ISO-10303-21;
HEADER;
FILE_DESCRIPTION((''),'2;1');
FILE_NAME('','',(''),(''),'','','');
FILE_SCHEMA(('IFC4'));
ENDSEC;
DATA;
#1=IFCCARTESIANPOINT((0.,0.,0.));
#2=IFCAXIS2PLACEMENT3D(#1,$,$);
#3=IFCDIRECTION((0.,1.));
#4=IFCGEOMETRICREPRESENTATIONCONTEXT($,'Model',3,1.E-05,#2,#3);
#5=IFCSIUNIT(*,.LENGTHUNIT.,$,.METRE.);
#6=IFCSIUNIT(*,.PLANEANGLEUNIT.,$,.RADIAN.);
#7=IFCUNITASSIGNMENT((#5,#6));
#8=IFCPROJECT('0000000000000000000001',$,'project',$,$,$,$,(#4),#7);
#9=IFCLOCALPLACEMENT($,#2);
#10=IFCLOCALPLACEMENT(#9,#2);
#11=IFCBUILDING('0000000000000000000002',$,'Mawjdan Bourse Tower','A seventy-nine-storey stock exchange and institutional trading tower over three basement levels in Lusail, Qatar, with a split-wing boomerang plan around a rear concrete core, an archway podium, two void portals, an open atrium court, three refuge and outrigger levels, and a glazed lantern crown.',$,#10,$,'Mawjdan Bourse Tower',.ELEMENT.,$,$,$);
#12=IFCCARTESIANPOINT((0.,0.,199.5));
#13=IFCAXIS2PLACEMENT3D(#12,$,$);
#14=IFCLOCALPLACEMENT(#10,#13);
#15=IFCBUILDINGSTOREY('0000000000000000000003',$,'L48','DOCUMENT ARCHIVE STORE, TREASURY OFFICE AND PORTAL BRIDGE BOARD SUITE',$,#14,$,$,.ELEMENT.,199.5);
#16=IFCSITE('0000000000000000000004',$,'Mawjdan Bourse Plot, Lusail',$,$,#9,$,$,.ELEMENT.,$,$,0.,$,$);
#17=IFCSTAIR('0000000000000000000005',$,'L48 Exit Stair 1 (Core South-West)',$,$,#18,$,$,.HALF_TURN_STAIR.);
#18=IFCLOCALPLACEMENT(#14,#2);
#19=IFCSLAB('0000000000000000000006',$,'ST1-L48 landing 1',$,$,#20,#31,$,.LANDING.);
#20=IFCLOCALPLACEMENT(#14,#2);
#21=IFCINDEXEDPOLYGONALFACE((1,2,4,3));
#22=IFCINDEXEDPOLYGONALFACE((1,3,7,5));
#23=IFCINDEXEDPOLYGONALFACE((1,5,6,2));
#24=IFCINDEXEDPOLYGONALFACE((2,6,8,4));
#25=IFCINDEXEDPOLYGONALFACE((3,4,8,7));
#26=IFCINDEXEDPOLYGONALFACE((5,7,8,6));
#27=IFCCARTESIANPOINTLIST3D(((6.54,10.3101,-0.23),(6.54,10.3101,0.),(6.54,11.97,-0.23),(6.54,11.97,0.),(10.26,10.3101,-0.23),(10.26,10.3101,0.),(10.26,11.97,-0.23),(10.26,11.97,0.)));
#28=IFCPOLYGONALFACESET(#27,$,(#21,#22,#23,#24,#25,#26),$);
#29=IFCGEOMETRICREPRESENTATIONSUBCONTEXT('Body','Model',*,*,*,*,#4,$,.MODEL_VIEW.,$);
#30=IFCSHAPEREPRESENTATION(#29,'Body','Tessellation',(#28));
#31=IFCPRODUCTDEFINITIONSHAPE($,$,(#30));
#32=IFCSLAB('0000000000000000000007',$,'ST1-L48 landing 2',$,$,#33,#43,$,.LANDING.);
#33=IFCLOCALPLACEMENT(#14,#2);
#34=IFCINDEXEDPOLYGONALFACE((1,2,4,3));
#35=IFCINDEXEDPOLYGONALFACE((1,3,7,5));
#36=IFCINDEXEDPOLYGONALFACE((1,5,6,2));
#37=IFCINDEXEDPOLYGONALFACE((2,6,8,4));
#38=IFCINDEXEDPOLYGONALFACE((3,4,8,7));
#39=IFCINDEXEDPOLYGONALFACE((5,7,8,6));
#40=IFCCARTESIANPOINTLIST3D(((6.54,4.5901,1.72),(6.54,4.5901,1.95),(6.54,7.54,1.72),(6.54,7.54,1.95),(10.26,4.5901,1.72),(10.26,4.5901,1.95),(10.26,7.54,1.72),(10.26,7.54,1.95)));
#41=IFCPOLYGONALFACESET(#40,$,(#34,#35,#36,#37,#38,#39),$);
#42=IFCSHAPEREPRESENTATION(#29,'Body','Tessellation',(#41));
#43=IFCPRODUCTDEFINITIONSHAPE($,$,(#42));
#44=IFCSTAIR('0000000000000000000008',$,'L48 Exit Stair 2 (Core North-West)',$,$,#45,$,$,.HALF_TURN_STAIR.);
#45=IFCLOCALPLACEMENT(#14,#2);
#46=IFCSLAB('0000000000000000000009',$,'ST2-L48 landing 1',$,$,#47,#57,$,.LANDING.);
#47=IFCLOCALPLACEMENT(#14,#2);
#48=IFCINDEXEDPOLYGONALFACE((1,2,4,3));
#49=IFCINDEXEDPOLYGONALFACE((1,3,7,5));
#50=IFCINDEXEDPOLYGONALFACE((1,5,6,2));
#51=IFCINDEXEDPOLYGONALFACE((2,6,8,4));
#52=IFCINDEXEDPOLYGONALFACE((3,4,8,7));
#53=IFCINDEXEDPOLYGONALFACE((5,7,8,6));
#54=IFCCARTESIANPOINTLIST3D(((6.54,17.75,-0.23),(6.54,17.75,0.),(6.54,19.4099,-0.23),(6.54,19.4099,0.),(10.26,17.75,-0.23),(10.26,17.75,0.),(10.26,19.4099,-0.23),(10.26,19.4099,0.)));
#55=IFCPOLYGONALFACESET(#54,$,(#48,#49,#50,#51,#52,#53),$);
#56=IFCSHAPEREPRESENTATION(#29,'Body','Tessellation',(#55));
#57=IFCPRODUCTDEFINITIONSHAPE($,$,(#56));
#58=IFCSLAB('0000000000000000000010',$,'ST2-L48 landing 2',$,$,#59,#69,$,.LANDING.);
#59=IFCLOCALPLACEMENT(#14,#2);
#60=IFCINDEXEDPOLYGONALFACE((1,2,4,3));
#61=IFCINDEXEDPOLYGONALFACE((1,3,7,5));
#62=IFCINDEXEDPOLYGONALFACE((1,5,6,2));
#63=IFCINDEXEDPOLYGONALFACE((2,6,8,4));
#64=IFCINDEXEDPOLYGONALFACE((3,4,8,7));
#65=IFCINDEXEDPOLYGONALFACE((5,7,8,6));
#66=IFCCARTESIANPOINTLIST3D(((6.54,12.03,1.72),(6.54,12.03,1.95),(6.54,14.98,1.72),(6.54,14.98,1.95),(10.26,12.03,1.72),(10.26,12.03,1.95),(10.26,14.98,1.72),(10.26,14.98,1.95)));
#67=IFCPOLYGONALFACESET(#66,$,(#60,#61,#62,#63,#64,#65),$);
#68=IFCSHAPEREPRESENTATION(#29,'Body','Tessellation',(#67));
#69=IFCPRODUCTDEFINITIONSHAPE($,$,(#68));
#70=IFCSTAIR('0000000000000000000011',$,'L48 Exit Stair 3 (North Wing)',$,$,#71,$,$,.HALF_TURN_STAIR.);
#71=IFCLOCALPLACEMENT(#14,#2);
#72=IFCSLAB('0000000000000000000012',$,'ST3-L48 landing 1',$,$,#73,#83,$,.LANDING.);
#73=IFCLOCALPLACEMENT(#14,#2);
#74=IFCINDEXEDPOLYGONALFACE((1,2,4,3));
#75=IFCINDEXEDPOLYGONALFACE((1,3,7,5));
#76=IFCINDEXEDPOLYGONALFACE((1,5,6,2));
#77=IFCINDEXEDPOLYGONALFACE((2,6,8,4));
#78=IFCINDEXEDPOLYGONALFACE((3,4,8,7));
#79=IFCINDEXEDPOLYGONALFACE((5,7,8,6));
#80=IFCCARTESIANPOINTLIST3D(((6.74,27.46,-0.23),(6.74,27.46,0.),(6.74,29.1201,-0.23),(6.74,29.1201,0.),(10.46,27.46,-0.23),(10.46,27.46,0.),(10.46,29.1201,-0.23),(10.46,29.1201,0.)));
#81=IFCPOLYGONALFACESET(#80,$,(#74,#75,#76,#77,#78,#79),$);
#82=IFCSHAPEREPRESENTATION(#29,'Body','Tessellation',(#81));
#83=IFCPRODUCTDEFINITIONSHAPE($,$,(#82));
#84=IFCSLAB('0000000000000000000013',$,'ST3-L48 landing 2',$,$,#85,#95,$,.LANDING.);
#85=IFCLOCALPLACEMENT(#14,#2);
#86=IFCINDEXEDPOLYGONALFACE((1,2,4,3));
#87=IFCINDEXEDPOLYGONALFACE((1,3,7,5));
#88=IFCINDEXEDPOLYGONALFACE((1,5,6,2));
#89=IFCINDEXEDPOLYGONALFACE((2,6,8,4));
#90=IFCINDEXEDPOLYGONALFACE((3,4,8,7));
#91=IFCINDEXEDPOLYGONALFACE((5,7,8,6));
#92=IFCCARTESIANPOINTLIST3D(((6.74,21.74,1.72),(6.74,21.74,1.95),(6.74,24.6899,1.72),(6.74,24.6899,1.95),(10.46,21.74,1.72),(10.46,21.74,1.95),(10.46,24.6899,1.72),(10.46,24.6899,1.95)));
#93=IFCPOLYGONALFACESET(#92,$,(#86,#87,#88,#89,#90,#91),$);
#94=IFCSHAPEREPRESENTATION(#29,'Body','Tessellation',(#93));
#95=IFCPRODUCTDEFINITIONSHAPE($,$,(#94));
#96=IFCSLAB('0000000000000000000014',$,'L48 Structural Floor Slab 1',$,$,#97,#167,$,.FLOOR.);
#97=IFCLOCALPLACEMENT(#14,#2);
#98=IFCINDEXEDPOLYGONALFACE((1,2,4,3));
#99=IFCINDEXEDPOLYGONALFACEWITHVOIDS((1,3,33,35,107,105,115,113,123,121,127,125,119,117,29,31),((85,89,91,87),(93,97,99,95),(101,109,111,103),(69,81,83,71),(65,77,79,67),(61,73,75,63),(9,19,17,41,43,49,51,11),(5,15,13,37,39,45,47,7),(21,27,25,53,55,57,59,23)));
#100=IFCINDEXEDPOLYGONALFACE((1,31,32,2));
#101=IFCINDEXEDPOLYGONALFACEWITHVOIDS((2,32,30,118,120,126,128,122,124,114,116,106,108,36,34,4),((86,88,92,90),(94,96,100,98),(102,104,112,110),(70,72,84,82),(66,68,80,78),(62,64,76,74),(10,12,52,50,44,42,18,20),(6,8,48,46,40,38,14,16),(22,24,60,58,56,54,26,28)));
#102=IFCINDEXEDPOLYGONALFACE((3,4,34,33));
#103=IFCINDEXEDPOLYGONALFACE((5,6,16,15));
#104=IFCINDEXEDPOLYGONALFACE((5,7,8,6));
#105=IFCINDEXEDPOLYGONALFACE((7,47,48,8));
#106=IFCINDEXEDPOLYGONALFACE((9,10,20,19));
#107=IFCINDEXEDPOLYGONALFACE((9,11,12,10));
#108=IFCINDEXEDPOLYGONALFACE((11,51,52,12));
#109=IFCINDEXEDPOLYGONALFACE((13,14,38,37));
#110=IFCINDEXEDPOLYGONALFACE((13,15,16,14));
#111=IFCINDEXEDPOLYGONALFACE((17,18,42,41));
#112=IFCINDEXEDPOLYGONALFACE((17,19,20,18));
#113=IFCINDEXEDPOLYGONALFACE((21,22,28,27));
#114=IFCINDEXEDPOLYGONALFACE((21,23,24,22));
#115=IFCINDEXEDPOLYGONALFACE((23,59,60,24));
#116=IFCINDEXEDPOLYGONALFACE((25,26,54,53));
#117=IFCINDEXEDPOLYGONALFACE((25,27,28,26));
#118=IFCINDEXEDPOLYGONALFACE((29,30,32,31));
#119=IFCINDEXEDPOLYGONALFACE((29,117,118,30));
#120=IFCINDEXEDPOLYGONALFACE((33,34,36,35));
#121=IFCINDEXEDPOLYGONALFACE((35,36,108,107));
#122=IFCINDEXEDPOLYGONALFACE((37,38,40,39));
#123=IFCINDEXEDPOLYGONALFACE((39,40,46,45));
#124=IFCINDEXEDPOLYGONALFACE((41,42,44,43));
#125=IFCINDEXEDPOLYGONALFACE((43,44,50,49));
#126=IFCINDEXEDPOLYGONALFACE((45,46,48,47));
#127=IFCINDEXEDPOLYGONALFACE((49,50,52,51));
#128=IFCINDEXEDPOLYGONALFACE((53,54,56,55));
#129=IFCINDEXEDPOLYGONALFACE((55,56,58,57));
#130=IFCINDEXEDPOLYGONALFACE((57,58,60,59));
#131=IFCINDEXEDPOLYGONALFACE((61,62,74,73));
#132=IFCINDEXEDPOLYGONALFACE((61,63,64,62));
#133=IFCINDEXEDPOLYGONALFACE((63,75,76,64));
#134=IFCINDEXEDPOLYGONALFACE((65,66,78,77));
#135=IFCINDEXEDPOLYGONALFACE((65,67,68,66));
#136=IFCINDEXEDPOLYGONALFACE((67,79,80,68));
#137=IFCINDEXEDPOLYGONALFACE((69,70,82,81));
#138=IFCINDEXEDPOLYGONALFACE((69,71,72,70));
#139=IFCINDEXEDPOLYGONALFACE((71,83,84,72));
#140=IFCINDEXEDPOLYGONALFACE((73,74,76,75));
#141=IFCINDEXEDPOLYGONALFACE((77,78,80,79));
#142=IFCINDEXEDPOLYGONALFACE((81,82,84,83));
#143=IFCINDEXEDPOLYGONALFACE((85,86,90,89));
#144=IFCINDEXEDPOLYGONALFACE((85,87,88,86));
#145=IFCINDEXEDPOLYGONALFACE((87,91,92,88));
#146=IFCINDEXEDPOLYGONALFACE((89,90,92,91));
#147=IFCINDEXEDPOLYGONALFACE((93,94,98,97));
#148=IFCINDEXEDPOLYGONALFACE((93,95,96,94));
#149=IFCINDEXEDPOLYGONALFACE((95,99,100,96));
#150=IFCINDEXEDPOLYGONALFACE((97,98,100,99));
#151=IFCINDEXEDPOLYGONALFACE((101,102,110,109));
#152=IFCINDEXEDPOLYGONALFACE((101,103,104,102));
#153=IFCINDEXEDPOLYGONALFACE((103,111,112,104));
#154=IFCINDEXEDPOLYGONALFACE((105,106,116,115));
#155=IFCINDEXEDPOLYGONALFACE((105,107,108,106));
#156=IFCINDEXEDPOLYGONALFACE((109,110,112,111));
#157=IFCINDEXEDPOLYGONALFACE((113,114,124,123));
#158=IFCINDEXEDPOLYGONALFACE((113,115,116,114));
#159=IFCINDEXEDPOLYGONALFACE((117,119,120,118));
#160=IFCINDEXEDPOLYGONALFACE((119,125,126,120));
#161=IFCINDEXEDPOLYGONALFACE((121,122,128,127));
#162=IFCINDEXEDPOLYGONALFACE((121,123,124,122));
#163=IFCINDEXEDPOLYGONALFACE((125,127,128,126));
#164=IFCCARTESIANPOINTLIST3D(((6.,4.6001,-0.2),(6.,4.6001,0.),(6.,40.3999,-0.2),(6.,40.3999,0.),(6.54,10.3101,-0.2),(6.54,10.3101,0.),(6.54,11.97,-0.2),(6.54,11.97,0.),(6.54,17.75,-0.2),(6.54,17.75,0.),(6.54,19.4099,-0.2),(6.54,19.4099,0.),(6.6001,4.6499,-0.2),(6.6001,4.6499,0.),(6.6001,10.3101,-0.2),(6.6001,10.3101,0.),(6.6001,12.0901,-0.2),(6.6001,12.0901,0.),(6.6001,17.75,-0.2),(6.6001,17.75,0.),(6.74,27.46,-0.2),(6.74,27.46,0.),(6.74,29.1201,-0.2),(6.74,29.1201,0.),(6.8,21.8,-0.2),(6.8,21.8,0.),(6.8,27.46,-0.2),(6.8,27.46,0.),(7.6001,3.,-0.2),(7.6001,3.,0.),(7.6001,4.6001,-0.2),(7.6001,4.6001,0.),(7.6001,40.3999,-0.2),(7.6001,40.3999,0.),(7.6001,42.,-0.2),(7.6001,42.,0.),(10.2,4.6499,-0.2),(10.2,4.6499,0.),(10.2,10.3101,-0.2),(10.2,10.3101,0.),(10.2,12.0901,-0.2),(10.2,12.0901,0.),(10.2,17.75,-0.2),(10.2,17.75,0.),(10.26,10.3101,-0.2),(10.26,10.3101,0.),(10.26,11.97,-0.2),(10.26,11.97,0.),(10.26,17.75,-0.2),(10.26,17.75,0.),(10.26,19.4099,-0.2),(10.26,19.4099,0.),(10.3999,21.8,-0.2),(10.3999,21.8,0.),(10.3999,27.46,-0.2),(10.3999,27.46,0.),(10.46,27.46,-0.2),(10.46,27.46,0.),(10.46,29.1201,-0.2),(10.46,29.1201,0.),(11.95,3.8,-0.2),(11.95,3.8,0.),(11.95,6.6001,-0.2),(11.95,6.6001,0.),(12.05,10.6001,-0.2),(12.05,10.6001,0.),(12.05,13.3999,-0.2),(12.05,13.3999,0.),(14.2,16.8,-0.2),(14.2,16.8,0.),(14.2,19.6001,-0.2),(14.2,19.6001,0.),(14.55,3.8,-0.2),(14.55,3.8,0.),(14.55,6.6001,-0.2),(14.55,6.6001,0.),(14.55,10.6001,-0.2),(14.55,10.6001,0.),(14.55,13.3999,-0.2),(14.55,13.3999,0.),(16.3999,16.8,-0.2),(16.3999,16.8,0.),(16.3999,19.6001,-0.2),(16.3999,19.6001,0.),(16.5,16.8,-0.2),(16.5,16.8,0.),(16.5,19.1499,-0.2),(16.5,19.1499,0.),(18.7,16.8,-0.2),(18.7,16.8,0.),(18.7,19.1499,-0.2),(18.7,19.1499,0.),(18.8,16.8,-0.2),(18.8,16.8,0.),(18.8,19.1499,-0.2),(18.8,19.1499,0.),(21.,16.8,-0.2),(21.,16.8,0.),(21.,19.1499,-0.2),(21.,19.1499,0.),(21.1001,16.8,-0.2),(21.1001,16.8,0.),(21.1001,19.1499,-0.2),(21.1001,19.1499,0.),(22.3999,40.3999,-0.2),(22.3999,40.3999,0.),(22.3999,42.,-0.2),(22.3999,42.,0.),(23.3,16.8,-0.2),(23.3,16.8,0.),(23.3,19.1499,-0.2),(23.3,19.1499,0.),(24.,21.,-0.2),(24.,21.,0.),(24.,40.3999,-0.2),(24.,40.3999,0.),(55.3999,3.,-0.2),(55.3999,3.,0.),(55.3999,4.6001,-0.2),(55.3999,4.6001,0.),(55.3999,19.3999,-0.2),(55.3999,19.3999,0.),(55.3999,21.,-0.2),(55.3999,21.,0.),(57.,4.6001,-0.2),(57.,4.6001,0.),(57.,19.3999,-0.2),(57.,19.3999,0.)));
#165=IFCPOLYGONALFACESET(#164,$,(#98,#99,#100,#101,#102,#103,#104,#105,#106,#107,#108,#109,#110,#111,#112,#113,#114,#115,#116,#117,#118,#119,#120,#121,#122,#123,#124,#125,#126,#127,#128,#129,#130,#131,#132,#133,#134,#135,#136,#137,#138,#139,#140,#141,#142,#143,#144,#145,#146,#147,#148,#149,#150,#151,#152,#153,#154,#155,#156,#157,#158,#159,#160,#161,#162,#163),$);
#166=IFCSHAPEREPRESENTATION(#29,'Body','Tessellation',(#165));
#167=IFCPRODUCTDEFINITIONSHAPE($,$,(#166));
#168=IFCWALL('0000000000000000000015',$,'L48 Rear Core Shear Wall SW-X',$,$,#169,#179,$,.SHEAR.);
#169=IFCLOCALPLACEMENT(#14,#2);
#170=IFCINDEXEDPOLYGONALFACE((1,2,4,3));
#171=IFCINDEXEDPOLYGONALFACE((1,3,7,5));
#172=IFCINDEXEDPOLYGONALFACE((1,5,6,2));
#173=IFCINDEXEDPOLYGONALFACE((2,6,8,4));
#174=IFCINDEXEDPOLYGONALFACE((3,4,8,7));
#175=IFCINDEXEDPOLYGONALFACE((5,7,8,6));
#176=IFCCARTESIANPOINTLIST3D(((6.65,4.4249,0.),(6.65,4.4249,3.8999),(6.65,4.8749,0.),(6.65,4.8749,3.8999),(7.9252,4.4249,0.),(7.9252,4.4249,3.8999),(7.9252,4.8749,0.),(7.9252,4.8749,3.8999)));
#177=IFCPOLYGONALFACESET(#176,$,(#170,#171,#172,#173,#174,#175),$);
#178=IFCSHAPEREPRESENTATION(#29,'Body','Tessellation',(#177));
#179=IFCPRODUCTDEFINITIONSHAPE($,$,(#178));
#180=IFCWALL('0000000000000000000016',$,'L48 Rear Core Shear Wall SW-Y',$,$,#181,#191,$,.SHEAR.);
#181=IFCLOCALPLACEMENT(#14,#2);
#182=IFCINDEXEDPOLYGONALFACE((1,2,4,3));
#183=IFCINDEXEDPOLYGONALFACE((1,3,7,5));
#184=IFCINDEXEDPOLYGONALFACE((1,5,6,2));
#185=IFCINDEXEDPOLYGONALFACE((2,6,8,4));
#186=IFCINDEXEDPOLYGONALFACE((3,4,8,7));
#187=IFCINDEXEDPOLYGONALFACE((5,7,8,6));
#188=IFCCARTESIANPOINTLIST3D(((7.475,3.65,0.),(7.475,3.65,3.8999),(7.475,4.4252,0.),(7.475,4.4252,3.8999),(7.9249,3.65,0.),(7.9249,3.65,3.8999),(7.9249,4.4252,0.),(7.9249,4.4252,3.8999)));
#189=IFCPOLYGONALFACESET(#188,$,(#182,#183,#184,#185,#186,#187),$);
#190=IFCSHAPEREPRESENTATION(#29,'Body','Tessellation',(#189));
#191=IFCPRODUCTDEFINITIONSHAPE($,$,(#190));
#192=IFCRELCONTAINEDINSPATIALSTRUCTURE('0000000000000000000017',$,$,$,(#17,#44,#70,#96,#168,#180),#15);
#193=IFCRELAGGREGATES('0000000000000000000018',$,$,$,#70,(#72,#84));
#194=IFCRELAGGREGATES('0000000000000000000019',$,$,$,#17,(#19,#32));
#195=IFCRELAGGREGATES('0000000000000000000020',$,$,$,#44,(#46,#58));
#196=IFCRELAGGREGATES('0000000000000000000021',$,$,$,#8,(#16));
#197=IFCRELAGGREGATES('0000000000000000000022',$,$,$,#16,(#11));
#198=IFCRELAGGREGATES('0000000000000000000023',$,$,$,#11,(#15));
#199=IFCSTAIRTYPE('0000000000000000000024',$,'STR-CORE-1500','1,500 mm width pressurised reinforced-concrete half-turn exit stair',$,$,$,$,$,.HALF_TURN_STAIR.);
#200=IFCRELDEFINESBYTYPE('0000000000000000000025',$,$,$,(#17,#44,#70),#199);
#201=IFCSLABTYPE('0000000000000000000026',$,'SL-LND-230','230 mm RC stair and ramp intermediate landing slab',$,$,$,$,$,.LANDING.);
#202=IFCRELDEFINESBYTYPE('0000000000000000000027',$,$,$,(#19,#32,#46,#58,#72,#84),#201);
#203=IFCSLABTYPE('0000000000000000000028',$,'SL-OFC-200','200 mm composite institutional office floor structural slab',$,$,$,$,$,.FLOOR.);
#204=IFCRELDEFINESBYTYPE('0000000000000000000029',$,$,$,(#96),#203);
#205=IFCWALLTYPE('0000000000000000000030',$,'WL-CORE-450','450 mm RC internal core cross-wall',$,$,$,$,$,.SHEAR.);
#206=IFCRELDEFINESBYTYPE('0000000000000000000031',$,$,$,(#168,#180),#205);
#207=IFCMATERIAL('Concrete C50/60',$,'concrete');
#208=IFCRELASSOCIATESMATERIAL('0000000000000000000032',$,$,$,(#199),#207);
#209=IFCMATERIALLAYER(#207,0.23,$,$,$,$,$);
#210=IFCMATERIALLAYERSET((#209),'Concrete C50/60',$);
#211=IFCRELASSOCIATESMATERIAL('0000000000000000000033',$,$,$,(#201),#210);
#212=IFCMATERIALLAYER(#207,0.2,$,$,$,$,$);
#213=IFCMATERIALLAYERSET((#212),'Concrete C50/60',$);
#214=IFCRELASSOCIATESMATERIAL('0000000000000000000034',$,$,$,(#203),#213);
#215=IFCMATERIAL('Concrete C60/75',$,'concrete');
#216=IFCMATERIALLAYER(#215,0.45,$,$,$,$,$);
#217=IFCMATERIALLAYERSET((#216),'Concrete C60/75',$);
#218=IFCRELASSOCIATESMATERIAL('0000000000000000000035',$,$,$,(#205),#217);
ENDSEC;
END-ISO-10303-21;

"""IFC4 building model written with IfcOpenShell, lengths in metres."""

from ifc_helpers import new_model, si_unit, direction, frame, frame_2d, origin, place, context, subcontext, project, spatial, polyline, rectangle, outline, extrude, material, layer, layer_set, type_object, element, aggregate, save


model = new_model("IFC4")

# Units and contexts
model_context = context("Model", 3, precision=1e-05, world=origin(), true_north=direction((0.0, 1.0)))
body_context = subcontext(model_context, "Body", "Model", "MODEL_VIEW")
ifc_project = project(units=[si_unit("LENGTHUNIT", "METRE"), si_unit("PLANEANGLEUNIT", "RADIAN")], contexts=[model_context])

# Site, building, storey
site_placement = place(None, origin())
site = spatial("IfcSite", under=ifc_project, at=site_placement, Name="Mawjdan Bourse Plot, Lusail", CompositionType="ELEMENT", RefElevation=0.0)
building_placement = place(site_placement, origin())
building = spatial("IfcBuilding", under=site, at=building_placement, Name="Mawjdan Bourse Tower", Description="A seventy-nine-storey stock exchange and institutional trading tower over three basement levels in Lusail, Qatar, with a split-wing boomerang plan around a rear concrete core, an archway podium, two void portals, an open atrium court, three refuge and outrigger levels, and a glazed lantern crown.", LongName="Mawjdan Bourse Tower", CompositionType="ELEMENT")
storey_placement = place(building_placement, frame((0.0, 0.0, 199.5)))
storey = spatial("IfcBuildingStorey", under=building, at=storey_placement, Name="L48", Description="DOCUMENT ARCHIVE STORE, TREASURY OFFICE AND PORTAL BRIDGE BOARD SUITE", CompositionType="ELEMENT", Elevation=199.5)

# Stairs, slabs
ifc_material_1 = material(Name="Concrete C50/60", Category="concrete")
stair_type = type_object("IfcStairType", Name="STR-CORE-1500", Description="1,500 mm width pressurised reinforced-concrete half-turn exit stair", PredefinedType="HALF_TURN_STAIR", material=ifc_material_1)
stair_1_placement = place(storey_placement, origin())
stair_1 = element("IfcStair", 1, at=stair_1_placement, inside=storey, type_object=stair_type, Name="L48 Exit Stair 1 (Core South-West)", PredefinedType="HALF_TURN_STAIR")
ifc_layer_1 = layer(ifc_material_1, 0.23)
ifc_layer_set_1 = layer_set([ifc_layer_1], Name="Concrete C50/60")
slab_type_1 = type_object("IfcSlabType", Name="SL-LND-230", Description="230 mm RC stair and ramp intermediate landing slab", PredefinedType="LANDING", material=ifc_layer_set_1)
slab_1_placement = place(storey_placement, frame((0.0, 0.0, -0.23)))
slab_1 = element("IfcSlab", 2, at=slab_1_placement, type_object=slab_type_1, Name="ST1-L48 landing 1", PredefinedType="LANDING", context=body_context, shape_type="SweptSolid", body=[
    extrude(outline(polyline([(6.54, 10.3101), (10.26, 10.3101), (10.26, 11.97), (6.54, 11.97), (6.54, 10.3101)])), origin(), (0.0, 0.0, 1.0), 0.23),
])
slab_2_placement = place(storey_placement, frame((0.0, 0.0, 1.72)))
slab_2 = element("IfcSlab", 3, at=slab_2_placement, type_object=slab_type_1, Name="ST1-L48 landing 2", PredefinedType="LANDING", context=body_context, shape_type="SweptSolid", body=[
    extrude(outline(polyline([(6.54, 4.5901), (10.26, 4.5901), (10.26, 7.54), (6.54, 7.54), (6.54, 4.5901)])), origin(), (0.0, 0.0, 1.0), 0.23),
])
stair_2_placement = place(storey_placement, origin())
stair_2 = element("IfcStair", 4, at=stair_2_placement, inside=storey, type_object=stair_type, Name="L48 Exit Stair 2 (Core North-West)", PredefinedType="HALF_TURN_STAIR")
slab_3_placement = place(storey_placement, frame((0.0, 0.0, -0.23)))
slab_3 = element("IfcSlab", 5, at=slab_3_placement, type_object=slab_type_1, Name="ST2-L48 landing 1", PredefinedType="LANDING", context=body_context, shape_type="SweptSolid", body=[
    extrude(outline(polyline([(6.54, 17.75), (10.26, 17.75), (10.26, 19.4099), (6.54, 19.4099), (6.54, 17.75)])), origin(), (0.0, 0.0, 1.0), 0.23),
])
slab_4_placement = place(storey_placement, frame((0.0, 0.0, 1.72)))
slab_4 = element("IfcSlab", 6, at=slab_4_placement, type_object=slab_type_1, Name="ST2-L48 landing 2", PredefinedType="LANDING", context=body_context, shape_type="SweptSolid", body=[
    extrude(outline(polyline([(6.54, 12.03), (10.26, 12.03), (10.26, 14.98), (6.54, 14.98), (6.54, 12.03)])), origin(), (0.0, 0.0, 1.0), 0.23),
])
stair_3_placement = place(storey_placement, origin())
stair_3 = element("IfcStair", 7, at=stair_3_placement, inside=storey, type_object=stair_type, Name="L48 Exit Stair 3 (North Wing)", PredefinedType="HALF_TURN_STAIR")
slab_5_placement = place(storey_placement, frame((0.0, 0.0, -0.23)))
slab_5 = element("IfcSlab", 8, at=slab_5_placement, type_object=slab_type_1, Name="ST3-L48 landing 1", PredefinedType="LANDING", context=body_context, shape_type="SweptSolid", body=[
    extrude(outline(polyline([(6.74, 27.46), (10.46, 27.46), (10.46, 29.1201), (6.74, 29.1201), (6.74, 27.46)])), origin(), (0.0, 0.0, 1.0), 0.23),
])
slab_6_placement = place(storey_placement, frame((0.0, 0.0, 1.72)))
slab_6 = element("IfcSlab", 9, at=slab_6_placement, type_object=slab_type_1, Name="ST3-L48 landing 2", PredefinedType="LANDING", context=body_context, shape_type="SweptSolid", body=[
    extrude(outline(polyline([(6.74, 21.74), (10.46, 21.74), (10.46, 24.6899), (6.74, 24.6899), (6.74, 21.74)])), origin(), (0.0, 0.0, 1.0), 0.23),
])
aggregate(stair_3, [slab_5, slab_6])

# Slab
ifc_layer_2 = layer(ifc_material_1, 0.2)
ifc_layer_set_2 = layer_set([ifc_layer_2], Name="Concrete C50/60")
slab_type_2 = type_object("IfcSlabType", Name="SL-OFC-200", Description="200 mm composite institutional office floor structural slab", PredefinedType="FLOOR", material=ifc_layer_set_2)
slab_7_placement = place(storey_placement, frame((0.0, 0.0, -0.2)))
element("IfcSlab", 10, at=slab_7_placement, inside=storey, type_object=slab_type_2, Name="L48 Structural Floor Slab 1", PredefinedType="FLOOR", context=body_context, shape_type="SweptSolid", body=[
    extrude(outline(polyline([(7.6001, 3.0), (55.3999, 3.0), (55.3999, 4.6001), (57.0, 4.6001), (57.0, 19.3999), (55.3999, 19.3999), (55.3999, 21.0), (24.0, 21.0), (24.0, 40.3999), (22.3999, 40.3999), (22.3999, 42.0), (7.6001, 42.0), (7.6001, 40.3999), (6.0, 40.3999), (6.0, 4.6001), (7.6001, 4.6001), (7.6001, 3.0)]), holes=[polyline([(6.54, 11.97), (10.26, 11.97), (10.26, 10.3101), (10.2, 10.3101), (10.2, 4.6499), (6.6001, 4.6499), (6.6001, 10.3101), (6.54, 10.3101), (6.54, 11.97)]), polyline([(6.6001, 12.0901), (6.6001, 17.75), (6.54, 17.75), (6.54, 19.4099), (10.26, 19.4099), (10.26, 17.75), (10.2, 17.75), (10.2, 12.0901), (6.6001, 12.0901)]), polyline([(10.46, 29.1201), (10.46, 27.46), (10.3999, 27.46), (10.3999, 21.8), (6.8, 21.8), (6.8, 27.46), (6.74, 27.46), (6.74, 29.1201), (10.46, 29.1201)]), polyline([(14.55, 3.8), (11.95, 3.8), (11.95, 6.6001), (14.55, 6.6001), (14.55, 3.8)]), polyline([(12.05, 10.6001), (12.05, 13.3999), (14.55, 13.3999), (14.55, 10.6001), (12.05, 10.6001)]), polyline([(16.5, 16.8), (16.5, 19.1499), (18.7, 19.1499), (18.7, 16.8), (16.5, 16.8)]), polyline([(21.0, 16.8), (18.8, 16.8), (18.8, 19.1499), (21.0, 19.1499), (21.0, 16.8)]), polyline([(21.1001, 16.8), (21.1001, 19.1499), (23.3, 19.1499), (23.3, 16.8), (21.1001, 16.8)]), polyline([(14.2, 16.8), (14.2, 19.6001), (16.3999, 19.6001), (16.3999, 16.8), (14.2, 16.8)])]), origin(), (0.0, 0.0, 1.0), 0.2),
])

# Walls
ifc_material_2 = material(Name="Concrete C60/75", Category="concrete")
ifc_layer_3 = layer(ifc_material_2, 0.45)
ifc_layer_set_3 = layer_set([ifc_layer_3], Name="Concrete C60/75")
wall_type_1 = type_object("IfcWallType", Name="WL-CORE-450", Description="450 mm RC internal core cross-wall", PredefinedType="SHEAR", material=ifc_layer_set_3)
wall_1_placement = place(storey_placement, frame((6.6499, 4.6499, 0.0), z_axis=(0.0, 0.0, 1.0), x_axis=(1.0, 0.0, 0.0)))
element("IfcWall", 11, at=wall_1_placement, inside=storey, type_object=wall_type_1, Name="L48 Rear Core Shear Wall SW-X", PredefinedType="SHEAR", context=body_context, shape_type="SweptSolid", body=[
    extrude(rectangle(XDim=1.2751, YDim=0.45, at=frame_2d((0.6377, 0.0))), origin(), (0.0, 0.0, 1.0), 3.8999),
])
wall_2_placement = place(storey_placement, frame((7.7, 3.6499, 0.0), z_axis=(0.0, 0.0, 1.0), x_axis=(0.0, 1.0, 0.0)))
element("IfcWall", 12, at=wall_2_placement, inside=storey, type_object=wall_type_1, Name="L48 Rear Core Shear Wall SW-Y", PredefinedType="SHEAR", context=body_context, shape_type="SweptSolid", body=[
    extrude(rectangle(XDim=0.7751, YDim=0.45, at=frame_2d((0.3877, 0.0))), origin(), (0.0, 0.0, 1.0), 3.8999),
])

aggregate(stair_1, [slab_1, slab_2])
aggregate(stair_2, [slab_3, slab_4])

save(model, "model.ifc")
